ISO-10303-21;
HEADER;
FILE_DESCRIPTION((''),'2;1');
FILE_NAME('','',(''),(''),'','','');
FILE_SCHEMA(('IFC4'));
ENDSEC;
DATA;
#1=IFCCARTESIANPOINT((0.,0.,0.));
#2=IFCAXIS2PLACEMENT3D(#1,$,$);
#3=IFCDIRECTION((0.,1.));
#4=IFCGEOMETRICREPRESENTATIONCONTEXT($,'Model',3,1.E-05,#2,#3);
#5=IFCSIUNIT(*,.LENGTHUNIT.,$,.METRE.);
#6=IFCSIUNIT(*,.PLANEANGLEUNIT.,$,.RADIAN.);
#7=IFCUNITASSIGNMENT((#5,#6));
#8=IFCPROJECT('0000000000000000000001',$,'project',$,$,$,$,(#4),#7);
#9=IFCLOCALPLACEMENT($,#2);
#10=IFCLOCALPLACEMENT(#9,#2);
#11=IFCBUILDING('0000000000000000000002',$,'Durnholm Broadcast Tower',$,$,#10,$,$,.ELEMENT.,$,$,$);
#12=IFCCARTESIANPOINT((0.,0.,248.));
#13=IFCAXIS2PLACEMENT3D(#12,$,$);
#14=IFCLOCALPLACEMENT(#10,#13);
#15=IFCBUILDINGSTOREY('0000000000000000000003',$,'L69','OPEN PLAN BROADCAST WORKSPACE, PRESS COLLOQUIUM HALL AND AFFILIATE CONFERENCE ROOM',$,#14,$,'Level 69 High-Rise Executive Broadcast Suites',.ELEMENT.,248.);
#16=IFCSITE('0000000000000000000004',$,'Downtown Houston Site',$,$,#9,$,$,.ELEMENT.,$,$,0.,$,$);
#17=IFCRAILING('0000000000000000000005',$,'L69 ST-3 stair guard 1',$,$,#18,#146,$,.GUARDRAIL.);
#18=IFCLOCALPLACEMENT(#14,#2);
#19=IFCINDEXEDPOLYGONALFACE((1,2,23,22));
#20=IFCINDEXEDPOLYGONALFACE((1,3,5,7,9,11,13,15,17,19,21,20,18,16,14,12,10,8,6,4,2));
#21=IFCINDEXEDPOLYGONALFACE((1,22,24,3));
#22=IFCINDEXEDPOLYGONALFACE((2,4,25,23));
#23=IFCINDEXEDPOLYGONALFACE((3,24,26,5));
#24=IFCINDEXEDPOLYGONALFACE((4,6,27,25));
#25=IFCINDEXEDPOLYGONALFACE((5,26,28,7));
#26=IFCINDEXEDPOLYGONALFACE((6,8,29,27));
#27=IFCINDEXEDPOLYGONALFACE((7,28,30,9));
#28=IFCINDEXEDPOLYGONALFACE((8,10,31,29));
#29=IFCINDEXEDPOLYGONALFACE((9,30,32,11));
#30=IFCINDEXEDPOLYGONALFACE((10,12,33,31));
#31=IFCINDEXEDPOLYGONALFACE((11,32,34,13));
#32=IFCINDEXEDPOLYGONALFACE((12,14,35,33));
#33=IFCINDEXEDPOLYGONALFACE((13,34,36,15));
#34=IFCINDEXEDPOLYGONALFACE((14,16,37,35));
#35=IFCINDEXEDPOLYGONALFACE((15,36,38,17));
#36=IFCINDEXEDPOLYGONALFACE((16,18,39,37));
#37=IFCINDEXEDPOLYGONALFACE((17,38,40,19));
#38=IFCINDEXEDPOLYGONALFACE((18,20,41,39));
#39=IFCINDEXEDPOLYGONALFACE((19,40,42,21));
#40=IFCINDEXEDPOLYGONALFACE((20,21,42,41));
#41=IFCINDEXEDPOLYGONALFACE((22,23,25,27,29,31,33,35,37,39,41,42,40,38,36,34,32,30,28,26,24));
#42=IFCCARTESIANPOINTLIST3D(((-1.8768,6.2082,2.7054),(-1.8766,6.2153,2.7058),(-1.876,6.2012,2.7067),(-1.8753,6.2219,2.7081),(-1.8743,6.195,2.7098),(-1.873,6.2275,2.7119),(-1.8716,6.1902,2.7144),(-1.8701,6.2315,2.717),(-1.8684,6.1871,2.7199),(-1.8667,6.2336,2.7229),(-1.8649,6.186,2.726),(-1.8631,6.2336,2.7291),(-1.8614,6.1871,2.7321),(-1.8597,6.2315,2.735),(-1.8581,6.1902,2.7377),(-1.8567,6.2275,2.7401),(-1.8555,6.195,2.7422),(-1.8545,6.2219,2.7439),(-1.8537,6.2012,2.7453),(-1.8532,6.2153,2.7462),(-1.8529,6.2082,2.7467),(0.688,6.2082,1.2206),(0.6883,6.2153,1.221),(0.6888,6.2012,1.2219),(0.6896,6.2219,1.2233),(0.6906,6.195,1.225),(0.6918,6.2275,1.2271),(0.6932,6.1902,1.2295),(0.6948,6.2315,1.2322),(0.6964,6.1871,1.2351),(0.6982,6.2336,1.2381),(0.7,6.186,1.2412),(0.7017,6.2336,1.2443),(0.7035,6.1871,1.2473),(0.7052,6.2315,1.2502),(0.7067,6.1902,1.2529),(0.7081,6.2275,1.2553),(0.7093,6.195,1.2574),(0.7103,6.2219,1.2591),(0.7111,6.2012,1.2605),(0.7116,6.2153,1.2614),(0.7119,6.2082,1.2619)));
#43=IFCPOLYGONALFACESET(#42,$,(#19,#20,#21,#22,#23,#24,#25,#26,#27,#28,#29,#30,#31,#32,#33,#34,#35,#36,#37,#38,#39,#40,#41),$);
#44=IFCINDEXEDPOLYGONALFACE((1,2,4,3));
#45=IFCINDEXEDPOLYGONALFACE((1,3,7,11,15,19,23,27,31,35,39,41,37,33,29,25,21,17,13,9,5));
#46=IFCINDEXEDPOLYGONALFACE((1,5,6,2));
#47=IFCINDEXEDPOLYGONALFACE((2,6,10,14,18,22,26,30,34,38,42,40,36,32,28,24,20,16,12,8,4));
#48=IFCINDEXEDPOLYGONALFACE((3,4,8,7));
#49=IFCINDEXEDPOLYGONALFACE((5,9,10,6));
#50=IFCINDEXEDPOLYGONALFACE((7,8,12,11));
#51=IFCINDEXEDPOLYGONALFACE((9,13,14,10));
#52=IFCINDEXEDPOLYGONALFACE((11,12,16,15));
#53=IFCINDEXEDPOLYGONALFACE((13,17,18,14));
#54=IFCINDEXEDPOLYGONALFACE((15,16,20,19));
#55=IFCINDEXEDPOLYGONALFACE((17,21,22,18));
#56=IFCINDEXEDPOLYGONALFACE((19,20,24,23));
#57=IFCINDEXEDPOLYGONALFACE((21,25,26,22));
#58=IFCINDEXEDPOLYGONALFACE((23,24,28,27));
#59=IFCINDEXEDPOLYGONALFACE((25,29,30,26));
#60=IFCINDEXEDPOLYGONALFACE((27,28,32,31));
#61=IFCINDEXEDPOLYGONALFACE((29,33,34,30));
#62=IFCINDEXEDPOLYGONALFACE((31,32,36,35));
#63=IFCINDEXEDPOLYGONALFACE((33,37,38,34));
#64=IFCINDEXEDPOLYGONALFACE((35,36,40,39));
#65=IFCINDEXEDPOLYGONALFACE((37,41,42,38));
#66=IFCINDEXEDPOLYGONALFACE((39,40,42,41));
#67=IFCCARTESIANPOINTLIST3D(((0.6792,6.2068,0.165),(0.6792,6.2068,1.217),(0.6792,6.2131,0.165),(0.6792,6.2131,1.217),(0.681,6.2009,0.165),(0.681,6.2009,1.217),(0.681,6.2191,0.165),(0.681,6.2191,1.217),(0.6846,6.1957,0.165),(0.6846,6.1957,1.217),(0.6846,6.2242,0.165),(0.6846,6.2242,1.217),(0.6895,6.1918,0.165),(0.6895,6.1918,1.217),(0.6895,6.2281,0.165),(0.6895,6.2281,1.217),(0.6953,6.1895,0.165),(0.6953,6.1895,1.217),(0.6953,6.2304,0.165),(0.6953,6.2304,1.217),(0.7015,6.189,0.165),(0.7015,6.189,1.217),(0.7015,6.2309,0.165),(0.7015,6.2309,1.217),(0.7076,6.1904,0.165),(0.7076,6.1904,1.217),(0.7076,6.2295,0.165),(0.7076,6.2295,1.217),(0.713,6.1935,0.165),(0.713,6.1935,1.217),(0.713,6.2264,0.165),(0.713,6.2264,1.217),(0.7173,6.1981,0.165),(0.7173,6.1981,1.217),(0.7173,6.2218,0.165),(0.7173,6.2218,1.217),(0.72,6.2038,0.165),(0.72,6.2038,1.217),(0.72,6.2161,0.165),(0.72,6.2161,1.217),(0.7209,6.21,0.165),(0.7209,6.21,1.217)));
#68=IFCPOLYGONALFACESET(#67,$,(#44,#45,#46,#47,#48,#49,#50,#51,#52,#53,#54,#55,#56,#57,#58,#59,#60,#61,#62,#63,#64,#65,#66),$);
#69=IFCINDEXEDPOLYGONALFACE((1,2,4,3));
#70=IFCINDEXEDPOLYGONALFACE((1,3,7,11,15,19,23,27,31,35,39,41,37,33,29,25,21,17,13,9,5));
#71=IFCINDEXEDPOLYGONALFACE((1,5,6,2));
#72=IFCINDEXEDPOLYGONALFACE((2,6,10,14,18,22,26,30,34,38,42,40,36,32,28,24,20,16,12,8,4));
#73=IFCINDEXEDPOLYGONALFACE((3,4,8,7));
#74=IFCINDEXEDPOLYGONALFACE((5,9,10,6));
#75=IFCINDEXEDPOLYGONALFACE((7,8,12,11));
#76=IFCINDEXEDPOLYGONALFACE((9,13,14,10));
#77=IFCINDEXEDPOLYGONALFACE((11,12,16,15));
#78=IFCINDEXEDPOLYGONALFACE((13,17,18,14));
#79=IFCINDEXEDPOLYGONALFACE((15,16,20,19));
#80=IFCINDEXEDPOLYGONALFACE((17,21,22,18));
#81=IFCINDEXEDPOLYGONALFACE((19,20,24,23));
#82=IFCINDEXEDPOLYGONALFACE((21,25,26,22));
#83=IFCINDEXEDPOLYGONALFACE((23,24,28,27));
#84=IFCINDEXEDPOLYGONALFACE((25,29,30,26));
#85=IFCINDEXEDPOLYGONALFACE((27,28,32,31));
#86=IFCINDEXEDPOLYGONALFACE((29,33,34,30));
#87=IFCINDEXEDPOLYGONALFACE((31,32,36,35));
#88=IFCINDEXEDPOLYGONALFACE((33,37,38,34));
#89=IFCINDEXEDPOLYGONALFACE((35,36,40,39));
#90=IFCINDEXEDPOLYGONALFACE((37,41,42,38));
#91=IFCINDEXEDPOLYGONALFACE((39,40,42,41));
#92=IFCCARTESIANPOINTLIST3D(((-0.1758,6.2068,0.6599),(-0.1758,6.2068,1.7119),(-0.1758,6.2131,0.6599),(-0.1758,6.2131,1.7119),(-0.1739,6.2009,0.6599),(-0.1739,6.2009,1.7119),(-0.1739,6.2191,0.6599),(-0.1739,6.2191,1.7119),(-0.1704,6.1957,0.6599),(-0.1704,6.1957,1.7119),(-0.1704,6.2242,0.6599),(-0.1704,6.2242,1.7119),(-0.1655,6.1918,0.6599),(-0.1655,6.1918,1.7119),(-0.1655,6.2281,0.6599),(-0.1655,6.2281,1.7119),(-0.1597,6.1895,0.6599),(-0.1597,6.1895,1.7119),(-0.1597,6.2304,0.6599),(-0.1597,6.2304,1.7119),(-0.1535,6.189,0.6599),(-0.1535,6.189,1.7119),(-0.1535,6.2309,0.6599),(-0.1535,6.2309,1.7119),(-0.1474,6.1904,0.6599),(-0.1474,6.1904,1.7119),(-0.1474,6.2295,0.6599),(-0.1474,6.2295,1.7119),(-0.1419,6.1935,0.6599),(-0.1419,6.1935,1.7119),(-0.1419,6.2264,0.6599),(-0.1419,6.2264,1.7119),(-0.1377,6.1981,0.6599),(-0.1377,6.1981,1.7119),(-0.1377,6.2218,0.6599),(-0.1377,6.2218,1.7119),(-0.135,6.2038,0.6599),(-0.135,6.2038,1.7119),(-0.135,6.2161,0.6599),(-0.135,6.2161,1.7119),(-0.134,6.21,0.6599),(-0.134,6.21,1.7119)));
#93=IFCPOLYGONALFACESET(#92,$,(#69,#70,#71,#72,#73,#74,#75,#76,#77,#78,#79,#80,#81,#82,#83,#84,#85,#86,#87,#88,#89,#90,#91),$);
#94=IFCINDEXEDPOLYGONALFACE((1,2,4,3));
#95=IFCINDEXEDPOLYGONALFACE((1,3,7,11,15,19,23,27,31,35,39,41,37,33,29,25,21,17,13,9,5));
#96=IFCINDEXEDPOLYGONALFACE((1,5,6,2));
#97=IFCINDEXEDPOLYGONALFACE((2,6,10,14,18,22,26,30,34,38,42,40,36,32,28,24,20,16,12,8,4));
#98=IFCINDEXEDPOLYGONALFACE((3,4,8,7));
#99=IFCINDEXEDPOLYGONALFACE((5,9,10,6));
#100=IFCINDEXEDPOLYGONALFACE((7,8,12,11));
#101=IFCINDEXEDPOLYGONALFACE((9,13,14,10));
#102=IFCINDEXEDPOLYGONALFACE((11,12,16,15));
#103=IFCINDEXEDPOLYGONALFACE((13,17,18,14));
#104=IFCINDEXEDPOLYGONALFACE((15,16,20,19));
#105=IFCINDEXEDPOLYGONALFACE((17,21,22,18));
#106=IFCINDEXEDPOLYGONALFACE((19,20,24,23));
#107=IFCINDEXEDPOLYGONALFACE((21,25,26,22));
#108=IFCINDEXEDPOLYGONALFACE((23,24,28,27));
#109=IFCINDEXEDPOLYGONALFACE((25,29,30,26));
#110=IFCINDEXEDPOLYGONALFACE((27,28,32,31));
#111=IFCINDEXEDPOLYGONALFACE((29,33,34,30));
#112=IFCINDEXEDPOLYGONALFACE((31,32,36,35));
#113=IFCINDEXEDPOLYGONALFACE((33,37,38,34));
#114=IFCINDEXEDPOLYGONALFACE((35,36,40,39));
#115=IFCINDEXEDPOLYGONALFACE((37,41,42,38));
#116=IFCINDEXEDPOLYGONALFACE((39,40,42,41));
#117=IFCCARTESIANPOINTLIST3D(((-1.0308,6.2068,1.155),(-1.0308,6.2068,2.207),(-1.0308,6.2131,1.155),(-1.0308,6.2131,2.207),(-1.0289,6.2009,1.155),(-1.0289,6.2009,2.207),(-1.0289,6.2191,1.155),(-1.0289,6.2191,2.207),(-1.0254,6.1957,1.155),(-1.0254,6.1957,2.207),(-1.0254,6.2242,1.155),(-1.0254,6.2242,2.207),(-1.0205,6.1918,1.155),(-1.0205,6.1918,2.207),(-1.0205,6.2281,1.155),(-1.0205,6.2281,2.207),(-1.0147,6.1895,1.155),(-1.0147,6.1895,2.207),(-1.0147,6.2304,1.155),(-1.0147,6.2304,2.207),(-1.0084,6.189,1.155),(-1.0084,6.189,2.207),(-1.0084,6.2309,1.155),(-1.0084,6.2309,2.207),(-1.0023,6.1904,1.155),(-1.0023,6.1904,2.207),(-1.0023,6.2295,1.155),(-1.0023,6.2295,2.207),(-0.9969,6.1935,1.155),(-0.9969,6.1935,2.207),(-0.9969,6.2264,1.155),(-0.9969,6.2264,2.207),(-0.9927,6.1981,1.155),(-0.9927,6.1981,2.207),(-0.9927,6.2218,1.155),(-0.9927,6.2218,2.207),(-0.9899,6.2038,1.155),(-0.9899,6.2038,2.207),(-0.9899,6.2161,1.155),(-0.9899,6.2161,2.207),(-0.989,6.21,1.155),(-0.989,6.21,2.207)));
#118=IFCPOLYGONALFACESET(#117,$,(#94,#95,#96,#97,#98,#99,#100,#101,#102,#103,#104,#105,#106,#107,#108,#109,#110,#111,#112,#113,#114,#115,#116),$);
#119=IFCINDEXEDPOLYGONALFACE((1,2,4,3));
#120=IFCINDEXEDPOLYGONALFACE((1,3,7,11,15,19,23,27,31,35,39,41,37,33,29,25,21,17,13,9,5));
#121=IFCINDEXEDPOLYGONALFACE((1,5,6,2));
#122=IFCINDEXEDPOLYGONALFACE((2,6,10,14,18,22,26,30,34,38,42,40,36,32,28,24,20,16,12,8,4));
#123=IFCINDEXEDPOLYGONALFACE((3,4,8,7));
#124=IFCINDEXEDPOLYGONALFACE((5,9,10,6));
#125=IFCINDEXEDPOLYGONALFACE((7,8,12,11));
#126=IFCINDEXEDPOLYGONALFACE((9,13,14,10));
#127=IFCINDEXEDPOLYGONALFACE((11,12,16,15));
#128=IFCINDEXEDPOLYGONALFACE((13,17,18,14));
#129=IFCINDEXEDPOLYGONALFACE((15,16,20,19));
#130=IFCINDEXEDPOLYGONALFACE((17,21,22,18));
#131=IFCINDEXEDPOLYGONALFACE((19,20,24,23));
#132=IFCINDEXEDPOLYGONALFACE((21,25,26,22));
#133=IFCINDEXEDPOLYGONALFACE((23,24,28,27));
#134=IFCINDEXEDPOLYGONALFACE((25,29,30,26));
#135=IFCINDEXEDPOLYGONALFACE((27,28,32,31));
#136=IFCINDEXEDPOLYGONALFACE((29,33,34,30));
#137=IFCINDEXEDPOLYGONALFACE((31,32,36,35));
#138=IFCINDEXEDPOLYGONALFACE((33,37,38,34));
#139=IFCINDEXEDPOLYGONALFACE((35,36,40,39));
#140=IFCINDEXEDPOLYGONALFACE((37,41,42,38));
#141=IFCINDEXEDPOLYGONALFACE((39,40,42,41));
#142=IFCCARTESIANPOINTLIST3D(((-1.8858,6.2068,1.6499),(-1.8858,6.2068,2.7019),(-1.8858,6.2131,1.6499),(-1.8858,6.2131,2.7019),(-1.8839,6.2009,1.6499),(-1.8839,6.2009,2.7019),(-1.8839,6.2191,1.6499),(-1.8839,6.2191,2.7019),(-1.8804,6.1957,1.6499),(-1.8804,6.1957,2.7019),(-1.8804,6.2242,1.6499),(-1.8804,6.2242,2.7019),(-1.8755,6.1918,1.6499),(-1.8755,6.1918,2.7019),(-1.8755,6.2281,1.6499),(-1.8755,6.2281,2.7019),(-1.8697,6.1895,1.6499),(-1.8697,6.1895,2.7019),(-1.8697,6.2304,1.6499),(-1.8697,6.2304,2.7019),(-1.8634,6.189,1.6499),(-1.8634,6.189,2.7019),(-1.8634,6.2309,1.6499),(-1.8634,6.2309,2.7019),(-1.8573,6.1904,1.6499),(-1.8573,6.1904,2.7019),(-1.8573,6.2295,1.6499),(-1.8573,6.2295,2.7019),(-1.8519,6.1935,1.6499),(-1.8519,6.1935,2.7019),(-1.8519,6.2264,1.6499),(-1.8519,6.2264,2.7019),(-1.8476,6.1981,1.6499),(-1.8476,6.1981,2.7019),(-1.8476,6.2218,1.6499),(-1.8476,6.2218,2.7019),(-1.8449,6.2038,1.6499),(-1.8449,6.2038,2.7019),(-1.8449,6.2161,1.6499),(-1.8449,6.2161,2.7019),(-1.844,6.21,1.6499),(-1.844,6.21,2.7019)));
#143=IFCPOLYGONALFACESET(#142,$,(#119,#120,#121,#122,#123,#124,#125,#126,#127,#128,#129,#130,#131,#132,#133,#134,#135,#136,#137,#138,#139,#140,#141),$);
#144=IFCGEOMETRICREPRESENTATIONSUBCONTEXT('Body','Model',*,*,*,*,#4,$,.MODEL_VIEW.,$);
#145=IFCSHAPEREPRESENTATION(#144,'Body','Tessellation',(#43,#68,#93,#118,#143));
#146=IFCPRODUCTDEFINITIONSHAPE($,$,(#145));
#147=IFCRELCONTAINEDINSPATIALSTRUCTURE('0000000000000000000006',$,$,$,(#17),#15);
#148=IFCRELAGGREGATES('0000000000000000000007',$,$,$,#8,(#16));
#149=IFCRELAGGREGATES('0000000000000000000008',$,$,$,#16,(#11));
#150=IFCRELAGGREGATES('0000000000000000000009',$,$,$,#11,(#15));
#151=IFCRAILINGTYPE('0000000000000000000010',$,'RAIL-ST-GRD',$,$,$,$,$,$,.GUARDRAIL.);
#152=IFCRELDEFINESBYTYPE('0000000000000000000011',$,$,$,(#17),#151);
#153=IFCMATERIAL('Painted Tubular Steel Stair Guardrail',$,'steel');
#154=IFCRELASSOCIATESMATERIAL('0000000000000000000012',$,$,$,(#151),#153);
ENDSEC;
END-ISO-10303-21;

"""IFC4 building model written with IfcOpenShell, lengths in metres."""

from ifc_helpers import new_model, si_unit, direction, frame, origin, origin_2d, place, context, subcontext, project, spatial, circle, extrude, material, type_object, element, save


model = new_model("IFC4")

# Units and contexts
model_context = context("Model", 3, precision=1e-05, world=origin(), true_north=direction((0.0, 1.0)))
body_context = subcontext(model_context, "Body", "Model", "MODEL_VIEW")
ifc_project = project(units=[si_unit("LENGTHUNIT", "METRE"), si_unit("PLANEANGLEUNIT", "RADIAN")], contexts=[model_context])

# Site, building, storey
site_placement = place(None, origin())
site = spatial("IfcSite", under=ifc_project, at=site_placement, Name="Downtown Houston Site", CompositionType="ELEMENT", RefElevation=0.0)
building_placement = place(site_placement, origin())
building = spatial("IfcBuilding", under=site, at=building_placement, Name="Durnholm Broadcast Tower", CompositionType="ELEMENT")
storey_placement = place(building_placement, frame((0.0, 0.0, 248.0)))
storey = spatial("IfcBuildingStorey", under=building, at=storey_placement, Name="L69", Description="OPEN PLAN BROADCAST WORKSPACE, PRESS COLLOQUIUM HALL AND AFFILIATE CONFERENCE ROOM", LongName="Level 69 High-Rise Executive Broadcast Suites", CompositionType="ELEMENT", Elevation=248.0)

# Railing
ifc_material_1 = material(Name="Painted Tubular Steel Stair Guardrail", Category="steel")
railing_type = type_object("IfcRailingType", Name="RAIL-ST-GRD", PredefinedType="GUARDRAIL", material=ifc_material_1)
railing_1_placement = place(storey_placement, frame((0.7, 6.21, 0.165)))
element("IfcRailing", 1, at=railing_1_placement, inside=storey, type_object=railing_type, Name="L69 ST-3 stair guard 1", PredefinedType="GUARDRAIL", context=body_context, shape_type="SweptSolid", body=[
    extrude(circle(Radius=0.0239, at=origin_2d()), frame((0.0, 0.0, 1.0762), z_axis=(-0.865441, 0.0, 0.50101), x_axis=(0.0, -1.0, 0.0)), (0.0, 0.0, 1.0), 2.9636),
    extrude(circle(Radius=0.021, at=origin_2d()), origin(), (0.0, 0.0, 1.0), 1.052),
    extrude(circle(Radius=0.021, at=origin_2d()), frame((-0.855, 0.0, 0.4949)), (0.0, 0.0, 1.0), 1.052),
    extrude(circle(Radius=0.021, at=origin_2d()), frame((-1.71, 0.0, 0.99)), (0.0, 0.0, 1.0), 1.052),
    extrude(circle(Radius=0.021, at=origin_2d()), frame((-2.5649, 0.0, 1.4849)), (0.0, 0.0, 1.0), 1.052),
])

save(model, "model.ifc")
